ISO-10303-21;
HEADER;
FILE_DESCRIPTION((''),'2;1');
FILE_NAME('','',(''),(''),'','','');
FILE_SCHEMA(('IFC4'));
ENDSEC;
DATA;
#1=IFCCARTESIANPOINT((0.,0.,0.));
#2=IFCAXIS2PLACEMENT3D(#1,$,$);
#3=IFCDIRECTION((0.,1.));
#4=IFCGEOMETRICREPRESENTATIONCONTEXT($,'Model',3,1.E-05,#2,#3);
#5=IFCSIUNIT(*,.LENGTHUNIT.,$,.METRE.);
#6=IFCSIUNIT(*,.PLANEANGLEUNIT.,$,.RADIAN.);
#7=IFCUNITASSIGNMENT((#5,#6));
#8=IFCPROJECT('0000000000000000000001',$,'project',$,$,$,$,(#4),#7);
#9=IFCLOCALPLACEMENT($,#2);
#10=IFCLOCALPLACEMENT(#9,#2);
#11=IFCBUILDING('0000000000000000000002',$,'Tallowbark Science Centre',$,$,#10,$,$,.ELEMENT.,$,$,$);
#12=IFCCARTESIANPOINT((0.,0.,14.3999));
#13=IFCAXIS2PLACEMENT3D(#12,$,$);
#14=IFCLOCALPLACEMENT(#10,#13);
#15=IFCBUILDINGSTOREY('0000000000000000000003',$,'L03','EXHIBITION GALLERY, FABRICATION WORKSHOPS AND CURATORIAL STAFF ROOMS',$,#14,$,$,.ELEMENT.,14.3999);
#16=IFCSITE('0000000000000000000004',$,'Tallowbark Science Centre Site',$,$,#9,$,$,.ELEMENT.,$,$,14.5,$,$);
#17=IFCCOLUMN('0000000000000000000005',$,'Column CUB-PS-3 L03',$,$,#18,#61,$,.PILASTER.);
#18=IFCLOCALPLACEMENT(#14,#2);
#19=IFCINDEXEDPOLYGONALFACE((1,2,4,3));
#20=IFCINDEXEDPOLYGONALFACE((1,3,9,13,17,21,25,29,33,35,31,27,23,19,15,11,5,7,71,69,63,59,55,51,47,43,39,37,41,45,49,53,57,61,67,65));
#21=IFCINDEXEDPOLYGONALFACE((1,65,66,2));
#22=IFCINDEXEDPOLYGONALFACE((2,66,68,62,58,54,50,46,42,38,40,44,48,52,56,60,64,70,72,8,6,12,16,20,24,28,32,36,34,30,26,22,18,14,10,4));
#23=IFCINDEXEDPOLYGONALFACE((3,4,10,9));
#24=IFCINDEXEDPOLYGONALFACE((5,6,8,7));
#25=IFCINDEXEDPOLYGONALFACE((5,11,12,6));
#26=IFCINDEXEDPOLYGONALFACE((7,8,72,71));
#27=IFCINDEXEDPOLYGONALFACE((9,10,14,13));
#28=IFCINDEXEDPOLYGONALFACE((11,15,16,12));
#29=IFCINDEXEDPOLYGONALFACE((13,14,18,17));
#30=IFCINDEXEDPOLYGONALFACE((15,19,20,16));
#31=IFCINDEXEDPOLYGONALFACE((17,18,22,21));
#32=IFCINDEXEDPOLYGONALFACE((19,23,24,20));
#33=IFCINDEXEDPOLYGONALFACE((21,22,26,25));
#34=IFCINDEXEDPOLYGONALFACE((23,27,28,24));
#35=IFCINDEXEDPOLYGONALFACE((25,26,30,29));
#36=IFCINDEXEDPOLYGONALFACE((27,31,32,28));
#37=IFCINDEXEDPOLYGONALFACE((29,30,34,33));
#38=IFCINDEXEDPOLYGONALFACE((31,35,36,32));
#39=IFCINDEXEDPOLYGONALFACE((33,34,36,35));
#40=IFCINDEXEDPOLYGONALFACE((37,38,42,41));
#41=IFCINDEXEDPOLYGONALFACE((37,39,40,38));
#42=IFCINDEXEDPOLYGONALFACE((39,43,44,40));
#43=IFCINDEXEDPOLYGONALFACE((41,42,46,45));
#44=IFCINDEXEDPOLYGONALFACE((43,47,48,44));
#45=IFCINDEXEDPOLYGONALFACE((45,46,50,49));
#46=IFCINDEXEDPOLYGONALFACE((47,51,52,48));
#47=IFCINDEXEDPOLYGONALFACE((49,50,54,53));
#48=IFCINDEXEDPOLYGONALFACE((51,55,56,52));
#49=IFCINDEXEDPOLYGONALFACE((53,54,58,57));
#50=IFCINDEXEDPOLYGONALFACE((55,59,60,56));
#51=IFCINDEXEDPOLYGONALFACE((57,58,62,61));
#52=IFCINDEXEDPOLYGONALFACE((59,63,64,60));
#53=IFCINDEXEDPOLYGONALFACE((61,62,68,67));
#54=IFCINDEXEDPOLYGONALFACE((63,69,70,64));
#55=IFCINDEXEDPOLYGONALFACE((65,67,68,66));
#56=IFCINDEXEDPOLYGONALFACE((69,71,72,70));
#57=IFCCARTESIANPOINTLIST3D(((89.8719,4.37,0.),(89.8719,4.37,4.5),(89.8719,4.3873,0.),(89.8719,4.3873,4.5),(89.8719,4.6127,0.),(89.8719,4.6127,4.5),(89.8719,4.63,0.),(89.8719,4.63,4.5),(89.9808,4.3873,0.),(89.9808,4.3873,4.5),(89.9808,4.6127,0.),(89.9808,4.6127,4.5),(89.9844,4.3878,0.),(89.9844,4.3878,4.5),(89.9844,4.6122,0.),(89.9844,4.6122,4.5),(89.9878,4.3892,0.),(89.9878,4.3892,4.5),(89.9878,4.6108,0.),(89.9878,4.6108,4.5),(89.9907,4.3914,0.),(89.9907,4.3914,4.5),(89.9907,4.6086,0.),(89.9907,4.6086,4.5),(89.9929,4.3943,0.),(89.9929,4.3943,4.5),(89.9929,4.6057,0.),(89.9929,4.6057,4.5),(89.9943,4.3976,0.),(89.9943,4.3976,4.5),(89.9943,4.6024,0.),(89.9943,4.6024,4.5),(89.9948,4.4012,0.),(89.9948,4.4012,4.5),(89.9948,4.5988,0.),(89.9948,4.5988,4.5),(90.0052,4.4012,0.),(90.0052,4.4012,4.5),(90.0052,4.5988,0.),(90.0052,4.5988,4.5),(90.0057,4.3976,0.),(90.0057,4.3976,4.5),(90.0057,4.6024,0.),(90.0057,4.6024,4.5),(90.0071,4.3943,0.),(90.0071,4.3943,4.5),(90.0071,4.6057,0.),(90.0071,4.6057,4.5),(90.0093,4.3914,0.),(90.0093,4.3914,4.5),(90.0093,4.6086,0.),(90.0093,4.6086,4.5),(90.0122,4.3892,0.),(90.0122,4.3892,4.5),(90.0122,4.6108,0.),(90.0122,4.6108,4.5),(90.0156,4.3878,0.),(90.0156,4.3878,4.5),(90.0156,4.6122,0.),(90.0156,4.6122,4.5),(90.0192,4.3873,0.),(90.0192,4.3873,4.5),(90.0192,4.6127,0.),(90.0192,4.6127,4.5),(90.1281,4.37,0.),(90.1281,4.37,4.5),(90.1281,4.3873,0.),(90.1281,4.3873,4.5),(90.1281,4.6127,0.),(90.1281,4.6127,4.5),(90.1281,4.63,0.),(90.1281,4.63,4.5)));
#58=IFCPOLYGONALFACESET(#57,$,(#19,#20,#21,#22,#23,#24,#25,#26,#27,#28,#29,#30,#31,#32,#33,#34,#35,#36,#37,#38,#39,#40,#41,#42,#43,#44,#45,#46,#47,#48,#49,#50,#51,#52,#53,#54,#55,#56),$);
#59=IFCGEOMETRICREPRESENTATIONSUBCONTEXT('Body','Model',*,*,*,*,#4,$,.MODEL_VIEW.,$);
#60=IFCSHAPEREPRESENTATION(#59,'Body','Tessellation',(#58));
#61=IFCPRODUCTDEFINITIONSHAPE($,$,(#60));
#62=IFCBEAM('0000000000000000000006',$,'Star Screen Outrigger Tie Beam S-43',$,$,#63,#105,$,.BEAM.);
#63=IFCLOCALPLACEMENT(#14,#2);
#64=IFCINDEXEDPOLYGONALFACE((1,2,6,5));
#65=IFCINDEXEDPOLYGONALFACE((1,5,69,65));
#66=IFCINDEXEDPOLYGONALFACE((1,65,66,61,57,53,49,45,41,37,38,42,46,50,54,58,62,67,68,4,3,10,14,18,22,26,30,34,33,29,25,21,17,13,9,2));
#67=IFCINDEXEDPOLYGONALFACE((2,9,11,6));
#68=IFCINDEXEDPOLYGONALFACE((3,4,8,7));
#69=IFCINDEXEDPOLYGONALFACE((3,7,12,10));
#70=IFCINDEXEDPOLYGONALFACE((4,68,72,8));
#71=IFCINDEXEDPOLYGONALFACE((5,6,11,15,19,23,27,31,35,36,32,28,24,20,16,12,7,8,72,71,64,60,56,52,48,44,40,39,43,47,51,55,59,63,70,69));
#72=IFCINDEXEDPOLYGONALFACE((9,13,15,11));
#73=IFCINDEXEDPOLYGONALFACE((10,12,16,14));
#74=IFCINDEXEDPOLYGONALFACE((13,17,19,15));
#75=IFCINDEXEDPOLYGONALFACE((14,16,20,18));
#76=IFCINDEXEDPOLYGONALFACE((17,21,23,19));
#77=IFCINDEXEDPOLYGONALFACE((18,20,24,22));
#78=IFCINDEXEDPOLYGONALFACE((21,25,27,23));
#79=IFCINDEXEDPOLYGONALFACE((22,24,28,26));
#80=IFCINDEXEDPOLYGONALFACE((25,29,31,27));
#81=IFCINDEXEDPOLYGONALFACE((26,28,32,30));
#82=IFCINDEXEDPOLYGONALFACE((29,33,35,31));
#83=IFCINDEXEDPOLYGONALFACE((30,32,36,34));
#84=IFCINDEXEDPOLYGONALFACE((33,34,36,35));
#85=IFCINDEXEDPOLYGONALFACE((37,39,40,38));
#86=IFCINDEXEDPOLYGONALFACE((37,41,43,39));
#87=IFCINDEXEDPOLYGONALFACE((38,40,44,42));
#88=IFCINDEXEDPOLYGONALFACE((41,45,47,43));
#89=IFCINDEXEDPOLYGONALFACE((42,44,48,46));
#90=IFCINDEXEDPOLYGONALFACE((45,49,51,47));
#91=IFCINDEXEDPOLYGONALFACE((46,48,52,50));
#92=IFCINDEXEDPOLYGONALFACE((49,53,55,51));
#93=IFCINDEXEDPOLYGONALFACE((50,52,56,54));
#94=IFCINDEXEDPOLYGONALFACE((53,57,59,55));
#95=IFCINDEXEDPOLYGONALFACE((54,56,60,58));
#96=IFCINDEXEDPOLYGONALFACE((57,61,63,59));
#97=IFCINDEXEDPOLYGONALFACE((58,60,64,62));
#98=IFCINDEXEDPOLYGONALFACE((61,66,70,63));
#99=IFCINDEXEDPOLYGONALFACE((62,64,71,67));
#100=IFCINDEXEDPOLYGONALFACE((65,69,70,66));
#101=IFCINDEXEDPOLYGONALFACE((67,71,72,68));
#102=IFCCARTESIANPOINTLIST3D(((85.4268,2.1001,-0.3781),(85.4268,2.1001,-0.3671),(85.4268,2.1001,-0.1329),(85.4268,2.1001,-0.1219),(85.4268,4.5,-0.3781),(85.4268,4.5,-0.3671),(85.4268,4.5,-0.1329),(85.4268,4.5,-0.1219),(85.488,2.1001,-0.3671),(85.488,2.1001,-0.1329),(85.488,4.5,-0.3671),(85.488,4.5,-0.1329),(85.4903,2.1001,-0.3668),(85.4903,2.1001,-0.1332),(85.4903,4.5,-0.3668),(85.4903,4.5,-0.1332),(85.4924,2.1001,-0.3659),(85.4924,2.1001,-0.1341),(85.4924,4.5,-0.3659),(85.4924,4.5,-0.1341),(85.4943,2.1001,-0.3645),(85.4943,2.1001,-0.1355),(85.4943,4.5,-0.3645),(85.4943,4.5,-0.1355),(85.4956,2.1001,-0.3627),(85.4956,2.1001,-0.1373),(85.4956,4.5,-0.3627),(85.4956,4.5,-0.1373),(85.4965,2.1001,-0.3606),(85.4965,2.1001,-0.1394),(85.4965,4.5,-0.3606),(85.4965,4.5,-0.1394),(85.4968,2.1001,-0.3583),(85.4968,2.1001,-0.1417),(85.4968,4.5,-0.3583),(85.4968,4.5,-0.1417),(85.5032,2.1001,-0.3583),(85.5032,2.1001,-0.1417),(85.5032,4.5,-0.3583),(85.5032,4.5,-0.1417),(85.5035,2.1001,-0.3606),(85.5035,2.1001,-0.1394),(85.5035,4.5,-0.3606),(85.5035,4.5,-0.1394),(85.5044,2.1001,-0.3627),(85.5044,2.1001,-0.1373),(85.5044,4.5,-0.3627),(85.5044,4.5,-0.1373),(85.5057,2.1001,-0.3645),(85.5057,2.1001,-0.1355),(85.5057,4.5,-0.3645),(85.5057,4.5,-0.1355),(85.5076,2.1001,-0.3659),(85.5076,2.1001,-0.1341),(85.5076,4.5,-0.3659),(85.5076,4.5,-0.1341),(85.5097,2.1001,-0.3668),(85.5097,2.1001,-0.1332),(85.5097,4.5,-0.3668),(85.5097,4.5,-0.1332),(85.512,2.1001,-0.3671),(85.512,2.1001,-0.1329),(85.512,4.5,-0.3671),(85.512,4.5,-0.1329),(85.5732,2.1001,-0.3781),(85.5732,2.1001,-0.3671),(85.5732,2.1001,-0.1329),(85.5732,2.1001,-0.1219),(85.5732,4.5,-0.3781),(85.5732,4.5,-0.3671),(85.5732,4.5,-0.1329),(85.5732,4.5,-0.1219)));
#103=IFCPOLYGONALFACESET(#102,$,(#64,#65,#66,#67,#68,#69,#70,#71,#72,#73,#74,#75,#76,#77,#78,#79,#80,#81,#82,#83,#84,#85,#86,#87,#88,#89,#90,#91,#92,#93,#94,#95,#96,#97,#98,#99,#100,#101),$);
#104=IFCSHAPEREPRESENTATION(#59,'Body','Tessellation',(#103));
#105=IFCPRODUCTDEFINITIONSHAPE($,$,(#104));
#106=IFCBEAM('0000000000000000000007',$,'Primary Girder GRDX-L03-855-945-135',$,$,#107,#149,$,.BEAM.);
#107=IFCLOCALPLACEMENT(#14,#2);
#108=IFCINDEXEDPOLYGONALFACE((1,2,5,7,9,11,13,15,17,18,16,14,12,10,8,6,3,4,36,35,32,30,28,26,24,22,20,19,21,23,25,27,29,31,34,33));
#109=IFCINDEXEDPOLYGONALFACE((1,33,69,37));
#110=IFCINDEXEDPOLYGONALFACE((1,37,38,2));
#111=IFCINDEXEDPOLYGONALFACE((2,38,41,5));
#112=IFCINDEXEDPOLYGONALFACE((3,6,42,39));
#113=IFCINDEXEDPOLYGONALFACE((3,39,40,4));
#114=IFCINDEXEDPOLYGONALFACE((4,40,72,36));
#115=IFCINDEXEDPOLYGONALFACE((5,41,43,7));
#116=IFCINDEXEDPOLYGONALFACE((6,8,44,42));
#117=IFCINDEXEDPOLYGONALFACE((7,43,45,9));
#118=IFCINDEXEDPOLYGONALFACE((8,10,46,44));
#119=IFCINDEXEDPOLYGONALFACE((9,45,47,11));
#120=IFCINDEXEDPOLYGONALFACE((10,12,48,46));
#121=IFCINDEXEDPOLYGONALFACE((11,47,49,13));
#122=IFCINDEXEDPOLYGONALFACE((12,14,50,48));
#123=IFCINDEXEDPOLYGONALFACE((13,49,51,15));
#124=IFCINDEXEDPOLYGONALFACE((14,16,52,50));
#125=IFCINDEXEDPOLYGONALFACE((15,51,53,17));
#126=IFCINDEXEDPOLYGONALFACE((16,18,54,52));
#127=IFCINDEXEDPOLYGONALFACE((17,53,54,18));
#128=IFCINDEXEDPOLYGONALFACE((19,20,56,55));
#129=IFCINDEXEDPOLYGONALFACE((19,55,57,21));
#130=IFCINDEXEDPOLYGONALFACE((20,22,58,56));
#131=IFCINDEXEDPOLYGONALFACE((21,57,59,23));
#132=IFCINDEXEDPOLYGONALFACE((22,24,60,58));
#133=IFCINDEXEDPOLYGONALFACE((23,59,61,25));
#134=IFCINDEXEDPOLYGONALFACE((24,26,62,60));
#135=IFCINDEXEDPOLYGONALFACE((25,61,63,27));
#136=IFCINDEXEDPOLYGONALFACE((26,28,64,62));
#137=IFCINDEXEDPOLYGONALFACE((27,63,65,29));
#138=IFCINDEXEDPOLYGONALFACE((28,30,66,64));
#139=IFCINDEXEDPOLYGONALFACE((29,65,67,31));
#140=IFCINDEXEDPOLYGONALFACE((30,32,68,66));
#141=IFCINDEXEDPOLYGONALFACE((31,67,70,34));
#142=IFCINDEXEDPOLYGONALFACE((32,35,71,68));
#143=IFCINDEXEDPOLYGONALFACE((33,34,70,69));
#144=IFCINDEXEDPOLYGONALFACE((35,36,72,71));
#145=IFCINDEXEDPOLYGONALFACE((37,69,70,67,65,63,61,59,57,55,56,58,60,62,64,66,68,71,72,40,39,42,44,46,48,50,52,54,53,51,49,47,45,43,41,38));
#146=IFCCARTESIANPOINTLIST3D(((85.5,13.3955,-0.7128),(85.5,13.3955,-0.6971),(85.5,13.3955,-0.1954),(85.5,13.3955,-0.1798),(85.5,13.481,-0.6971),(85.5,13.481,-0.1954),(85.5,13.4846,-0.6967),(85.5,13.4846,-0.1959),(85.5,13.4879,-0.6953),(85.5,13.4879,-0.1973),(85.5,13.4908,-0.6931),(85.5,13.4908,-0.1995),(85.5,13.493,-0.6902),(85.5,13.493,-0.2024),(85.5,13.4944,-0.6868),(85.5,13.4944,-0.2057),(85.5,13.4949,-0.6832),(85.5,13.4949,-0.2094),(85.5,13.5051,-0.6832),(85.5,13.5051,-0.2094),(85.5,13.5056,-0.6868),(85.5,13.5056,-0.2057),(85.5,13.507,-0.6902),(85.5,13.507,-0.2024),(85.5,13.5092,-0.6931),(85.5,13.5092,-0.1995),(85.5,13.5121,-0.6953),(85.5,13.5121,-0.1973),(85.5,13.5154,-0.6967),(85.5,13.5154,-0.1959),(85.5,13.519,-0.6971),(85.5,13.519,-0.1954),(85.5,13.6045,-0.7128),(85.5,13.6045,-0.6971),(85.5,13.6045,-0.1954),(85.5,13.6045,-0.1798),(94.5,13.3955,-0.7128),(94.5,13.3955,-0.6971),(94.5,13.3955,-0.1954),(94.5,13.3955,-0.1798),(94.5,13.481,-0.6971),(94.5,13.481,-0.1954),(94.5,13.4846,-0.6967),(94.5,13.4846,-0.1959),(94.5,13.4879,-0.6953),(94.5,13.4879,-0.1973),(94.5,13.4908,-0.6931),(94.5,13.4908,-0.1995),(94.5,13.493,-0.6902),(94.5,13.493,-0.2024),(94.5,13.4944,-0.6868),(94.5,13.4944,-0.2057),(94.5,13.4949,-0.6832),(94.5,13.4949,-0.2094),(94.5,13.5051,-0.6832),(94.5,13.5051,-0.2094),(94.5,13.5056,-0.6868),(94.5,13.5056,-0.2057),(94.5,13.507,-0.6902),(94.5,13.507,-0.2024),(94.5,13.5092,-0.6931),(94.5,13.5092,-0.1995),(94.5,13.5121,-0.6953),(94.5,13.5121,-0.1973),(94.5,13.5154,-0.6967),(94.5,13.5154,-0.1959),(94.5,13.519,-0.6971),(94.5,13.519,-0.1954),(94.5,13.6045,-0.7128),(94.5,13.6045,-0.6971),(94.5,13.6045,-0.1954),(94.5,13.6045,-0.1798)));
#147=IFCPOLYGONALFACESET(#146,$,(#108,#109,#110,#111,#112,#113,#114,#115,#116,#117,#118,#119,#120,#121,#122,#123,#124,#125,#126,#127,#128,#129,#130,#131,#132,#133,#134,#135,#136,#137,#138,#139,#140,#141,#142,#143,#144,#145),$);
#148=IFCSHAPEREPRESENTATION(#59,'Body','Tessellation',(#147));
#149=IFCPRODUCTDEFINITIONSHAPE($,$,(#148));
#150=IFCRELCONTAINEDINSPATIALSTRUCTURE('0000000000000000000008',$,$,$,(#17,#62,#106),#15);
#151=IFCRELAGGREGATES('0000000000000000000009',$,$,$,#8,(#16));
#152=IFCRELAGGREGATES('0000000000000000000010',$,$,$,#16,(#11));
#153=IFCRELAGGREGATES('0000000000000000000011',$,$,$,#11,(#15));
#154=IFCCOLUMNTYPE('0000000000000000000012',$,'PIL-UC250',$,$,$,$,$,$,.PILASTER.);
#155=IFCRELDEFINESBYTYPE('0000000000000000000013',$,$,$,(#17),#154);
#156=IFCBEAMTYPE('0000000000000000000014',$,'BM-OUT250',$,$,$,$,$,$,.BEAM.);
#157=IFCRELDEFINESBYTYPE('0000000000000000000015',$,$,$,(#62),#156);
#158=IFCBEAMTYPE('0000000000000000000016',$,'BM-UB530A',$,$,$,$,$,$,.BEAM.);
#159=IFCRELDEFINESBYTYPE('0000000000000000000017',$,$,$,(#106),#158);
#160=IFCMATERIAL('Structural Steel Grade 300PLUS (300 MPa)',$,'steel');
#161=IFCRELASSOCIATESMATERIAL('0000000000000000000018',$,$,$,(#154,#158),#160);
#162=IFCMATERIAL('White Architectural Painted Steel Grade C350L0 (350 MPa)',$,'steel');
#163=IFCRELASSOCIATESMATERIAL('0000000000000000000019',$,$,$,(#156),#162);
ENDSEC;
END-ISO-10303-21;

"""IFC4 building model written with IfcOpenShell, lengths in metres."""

from ifc_helpers import new_model, si_unit, direction, frame, origin, origin_2d, place, context, subcontext, project, spatial, i_section, extrude, material, material_profile, profile_set, type_object, element, save


model = new_model("IFC4")

# Units and contexts
model_context = context("Model", 3, precision=1e-05, world=origin(), true_north=direction((0.0, 1.0)))
body_context = subcontext(model_context, "Body", "Model", "MODEL_VIEW")
ifc_project = project(units=[si_unit("LENGTHUNIT", "METRE"), si_unit("PLANEANGLEUNIT", "RADIAN")], contexts=[model_context])

# Site, building, storey
site_placement = place(None, origin())
site = spatial("IfcSite", under=ifc_project, at=site_placement, Name="Tallowbark Science Centre Site", CompositionType="ELEMENT", RefElevation=14.5)
building_placement = place(site_placement, origin())
building = spatial("IfcBuilding", under=site, at=building_placement, Name="Tallowbark Science Centre", CompositionType="ELEMENT")
storey_placement = place(building_placement, frame((0.0, 0.0, 14.3999)))
storey = spatial("IfcBuildingStorey", under=building, at=storey_placement, Name="L03", Description="EXHIBITION GALLERY, FABRICATION WORKSHOPS AND CURATORIAL STAFF ROOMS", CompositionType="ELEMENT", Elevation=14.3999)

# Column
ifc_material_1 = material(Name="White Architectural Painted Steel Grade C350L0 (350 MPa)", Category="steel")
ifc_material_2 = material(Name="Structural Steel Grade 300PLUS (300 MPa)", Category="steel")
ifc_material_profile_1 = material_profile(ifc_material_2, i_section(OverallWidth=0.2561, OverallDepth=0.26, WebThickness=0.0105, FlangeThickness=0.0173, FilletRadius=0.0139, at=origin_2d()), Name="250UC89.5")
ifc_profile_set_1 = profile_set([ifc_material_profile_1], Name="Structural Steel Grade 300PLUS (300 MPa)")
column_type_1 = type_object("IfcColumnType", Name="PIL-UC250", PredefinedType="PILASTER", material=ifc_profile_set_1)
column_1_placement = place(storey_placement, frame((90.0, 4.5, 0.0), z_axis=(0.0, 0.0, 1.0), x_axis=(1.0, 0.0, 0.0)))
element("IfcColumn", 1, at=column_1_placement, inside=storey, type_object=column_type_1, Name="Column CUB-PS-3 L03", PredefinedType="PILASTER", context=body_context, shape_type="SweptSolid", body=[
    extrude(i_section(OverallWidth=0.2561, OverallDepth=0.26, WebThickness=0.0105, FlangeThickness=0.0173, FilletRadius=0.0139, at=origin_2d()), origin(), (0.0, 0.0, 1.0), 4.5),
])

# Beams
ifc_material_profile_2 = material_profile(ifc_material_1, i_section(OverallWidth=0.1465, OverallDepth=0.2561, WebThickness=0.0063, FlangeThickness=0.011, FilletRadius=0.0088, at=origin_2d()), Name="250UB37.3")
ifc_profile_set_2 = profile_set([ifc_material_profile_2], Name="White Architectural Painted Steel Grade C350L0 (350 MPa)")
beam_type_1 = type_object("IfcBeamType", Name="BM-OUT250", PredefinedType="BEAM", material=ifc_profile_set_2)
beam_1_placement = place(storey_placement, frame((85.5, 4.5, -0.25), z_axis=(0.0, -1.0, 0.0), x_axis=(1.0, 0.0, 0.0)))
element("IfcBeam", 2, at=beam_1_placement, inside=storey, type_object=beam_type_1, Name="Star Screen Outrigger Tie Beam S-43", PredefinedType="BEAM", context=body_context, shape_type="SweptSolid", body=[
    extrude(i_section(OverallWidth=0.1465, OverallDepth=0.2561, WebThickness=0.0063, FlangeThickness=0.011, FilletRadius=0.0088, at=origin_2d()), origin(), (0.0, 0.0, 1.0), 2.3999),
])
ifc_material_profile_3 = material_profile(ifc_material_2, i_section(OverallWidth=0.209, OverallDepth=0.533, WebThickness=0.0103, FlangeThickness=0.0156, FilletRadius=0.0139, at=origin_2d()), Name="530UB92.4")
ifc_profile_set_3 = profile_set([ifc_material_profile_3], Name="Structural Steel Grade 300PLUS (300 MPa)")
beam_type_2 = type_object("IfcBeamType", Name="BM-UB530A", PredefinedType="BEAM", material=ifc_profile_set_3)
beam_2_placement = place(storey_placement, frame((85.5, 13.5, -0.4463), z_axis=(1.0, 0.0, 0.0), x_axis=(0.0, 1.0, 0.0)))
element("IfcBeam", 3, at=beam_2_placement, inside=storey, type_object=beam_type_2, Name="Primary Girder GRDX-L03-855-945-135", PredefinedType="BEAM", context=body_context, shape_type="SweptSolid", body=[
    extrude(i_section(OverallWidth=0.209, OverallDepth=0.533, WebThickness=0.0103, FlangeThickness=0.0156, FilletRadius=0.0139, at=origin_2d()), origin(), (0.0, 0.0, 1.0), 9.0),
])

save(model, "model.ifc")
